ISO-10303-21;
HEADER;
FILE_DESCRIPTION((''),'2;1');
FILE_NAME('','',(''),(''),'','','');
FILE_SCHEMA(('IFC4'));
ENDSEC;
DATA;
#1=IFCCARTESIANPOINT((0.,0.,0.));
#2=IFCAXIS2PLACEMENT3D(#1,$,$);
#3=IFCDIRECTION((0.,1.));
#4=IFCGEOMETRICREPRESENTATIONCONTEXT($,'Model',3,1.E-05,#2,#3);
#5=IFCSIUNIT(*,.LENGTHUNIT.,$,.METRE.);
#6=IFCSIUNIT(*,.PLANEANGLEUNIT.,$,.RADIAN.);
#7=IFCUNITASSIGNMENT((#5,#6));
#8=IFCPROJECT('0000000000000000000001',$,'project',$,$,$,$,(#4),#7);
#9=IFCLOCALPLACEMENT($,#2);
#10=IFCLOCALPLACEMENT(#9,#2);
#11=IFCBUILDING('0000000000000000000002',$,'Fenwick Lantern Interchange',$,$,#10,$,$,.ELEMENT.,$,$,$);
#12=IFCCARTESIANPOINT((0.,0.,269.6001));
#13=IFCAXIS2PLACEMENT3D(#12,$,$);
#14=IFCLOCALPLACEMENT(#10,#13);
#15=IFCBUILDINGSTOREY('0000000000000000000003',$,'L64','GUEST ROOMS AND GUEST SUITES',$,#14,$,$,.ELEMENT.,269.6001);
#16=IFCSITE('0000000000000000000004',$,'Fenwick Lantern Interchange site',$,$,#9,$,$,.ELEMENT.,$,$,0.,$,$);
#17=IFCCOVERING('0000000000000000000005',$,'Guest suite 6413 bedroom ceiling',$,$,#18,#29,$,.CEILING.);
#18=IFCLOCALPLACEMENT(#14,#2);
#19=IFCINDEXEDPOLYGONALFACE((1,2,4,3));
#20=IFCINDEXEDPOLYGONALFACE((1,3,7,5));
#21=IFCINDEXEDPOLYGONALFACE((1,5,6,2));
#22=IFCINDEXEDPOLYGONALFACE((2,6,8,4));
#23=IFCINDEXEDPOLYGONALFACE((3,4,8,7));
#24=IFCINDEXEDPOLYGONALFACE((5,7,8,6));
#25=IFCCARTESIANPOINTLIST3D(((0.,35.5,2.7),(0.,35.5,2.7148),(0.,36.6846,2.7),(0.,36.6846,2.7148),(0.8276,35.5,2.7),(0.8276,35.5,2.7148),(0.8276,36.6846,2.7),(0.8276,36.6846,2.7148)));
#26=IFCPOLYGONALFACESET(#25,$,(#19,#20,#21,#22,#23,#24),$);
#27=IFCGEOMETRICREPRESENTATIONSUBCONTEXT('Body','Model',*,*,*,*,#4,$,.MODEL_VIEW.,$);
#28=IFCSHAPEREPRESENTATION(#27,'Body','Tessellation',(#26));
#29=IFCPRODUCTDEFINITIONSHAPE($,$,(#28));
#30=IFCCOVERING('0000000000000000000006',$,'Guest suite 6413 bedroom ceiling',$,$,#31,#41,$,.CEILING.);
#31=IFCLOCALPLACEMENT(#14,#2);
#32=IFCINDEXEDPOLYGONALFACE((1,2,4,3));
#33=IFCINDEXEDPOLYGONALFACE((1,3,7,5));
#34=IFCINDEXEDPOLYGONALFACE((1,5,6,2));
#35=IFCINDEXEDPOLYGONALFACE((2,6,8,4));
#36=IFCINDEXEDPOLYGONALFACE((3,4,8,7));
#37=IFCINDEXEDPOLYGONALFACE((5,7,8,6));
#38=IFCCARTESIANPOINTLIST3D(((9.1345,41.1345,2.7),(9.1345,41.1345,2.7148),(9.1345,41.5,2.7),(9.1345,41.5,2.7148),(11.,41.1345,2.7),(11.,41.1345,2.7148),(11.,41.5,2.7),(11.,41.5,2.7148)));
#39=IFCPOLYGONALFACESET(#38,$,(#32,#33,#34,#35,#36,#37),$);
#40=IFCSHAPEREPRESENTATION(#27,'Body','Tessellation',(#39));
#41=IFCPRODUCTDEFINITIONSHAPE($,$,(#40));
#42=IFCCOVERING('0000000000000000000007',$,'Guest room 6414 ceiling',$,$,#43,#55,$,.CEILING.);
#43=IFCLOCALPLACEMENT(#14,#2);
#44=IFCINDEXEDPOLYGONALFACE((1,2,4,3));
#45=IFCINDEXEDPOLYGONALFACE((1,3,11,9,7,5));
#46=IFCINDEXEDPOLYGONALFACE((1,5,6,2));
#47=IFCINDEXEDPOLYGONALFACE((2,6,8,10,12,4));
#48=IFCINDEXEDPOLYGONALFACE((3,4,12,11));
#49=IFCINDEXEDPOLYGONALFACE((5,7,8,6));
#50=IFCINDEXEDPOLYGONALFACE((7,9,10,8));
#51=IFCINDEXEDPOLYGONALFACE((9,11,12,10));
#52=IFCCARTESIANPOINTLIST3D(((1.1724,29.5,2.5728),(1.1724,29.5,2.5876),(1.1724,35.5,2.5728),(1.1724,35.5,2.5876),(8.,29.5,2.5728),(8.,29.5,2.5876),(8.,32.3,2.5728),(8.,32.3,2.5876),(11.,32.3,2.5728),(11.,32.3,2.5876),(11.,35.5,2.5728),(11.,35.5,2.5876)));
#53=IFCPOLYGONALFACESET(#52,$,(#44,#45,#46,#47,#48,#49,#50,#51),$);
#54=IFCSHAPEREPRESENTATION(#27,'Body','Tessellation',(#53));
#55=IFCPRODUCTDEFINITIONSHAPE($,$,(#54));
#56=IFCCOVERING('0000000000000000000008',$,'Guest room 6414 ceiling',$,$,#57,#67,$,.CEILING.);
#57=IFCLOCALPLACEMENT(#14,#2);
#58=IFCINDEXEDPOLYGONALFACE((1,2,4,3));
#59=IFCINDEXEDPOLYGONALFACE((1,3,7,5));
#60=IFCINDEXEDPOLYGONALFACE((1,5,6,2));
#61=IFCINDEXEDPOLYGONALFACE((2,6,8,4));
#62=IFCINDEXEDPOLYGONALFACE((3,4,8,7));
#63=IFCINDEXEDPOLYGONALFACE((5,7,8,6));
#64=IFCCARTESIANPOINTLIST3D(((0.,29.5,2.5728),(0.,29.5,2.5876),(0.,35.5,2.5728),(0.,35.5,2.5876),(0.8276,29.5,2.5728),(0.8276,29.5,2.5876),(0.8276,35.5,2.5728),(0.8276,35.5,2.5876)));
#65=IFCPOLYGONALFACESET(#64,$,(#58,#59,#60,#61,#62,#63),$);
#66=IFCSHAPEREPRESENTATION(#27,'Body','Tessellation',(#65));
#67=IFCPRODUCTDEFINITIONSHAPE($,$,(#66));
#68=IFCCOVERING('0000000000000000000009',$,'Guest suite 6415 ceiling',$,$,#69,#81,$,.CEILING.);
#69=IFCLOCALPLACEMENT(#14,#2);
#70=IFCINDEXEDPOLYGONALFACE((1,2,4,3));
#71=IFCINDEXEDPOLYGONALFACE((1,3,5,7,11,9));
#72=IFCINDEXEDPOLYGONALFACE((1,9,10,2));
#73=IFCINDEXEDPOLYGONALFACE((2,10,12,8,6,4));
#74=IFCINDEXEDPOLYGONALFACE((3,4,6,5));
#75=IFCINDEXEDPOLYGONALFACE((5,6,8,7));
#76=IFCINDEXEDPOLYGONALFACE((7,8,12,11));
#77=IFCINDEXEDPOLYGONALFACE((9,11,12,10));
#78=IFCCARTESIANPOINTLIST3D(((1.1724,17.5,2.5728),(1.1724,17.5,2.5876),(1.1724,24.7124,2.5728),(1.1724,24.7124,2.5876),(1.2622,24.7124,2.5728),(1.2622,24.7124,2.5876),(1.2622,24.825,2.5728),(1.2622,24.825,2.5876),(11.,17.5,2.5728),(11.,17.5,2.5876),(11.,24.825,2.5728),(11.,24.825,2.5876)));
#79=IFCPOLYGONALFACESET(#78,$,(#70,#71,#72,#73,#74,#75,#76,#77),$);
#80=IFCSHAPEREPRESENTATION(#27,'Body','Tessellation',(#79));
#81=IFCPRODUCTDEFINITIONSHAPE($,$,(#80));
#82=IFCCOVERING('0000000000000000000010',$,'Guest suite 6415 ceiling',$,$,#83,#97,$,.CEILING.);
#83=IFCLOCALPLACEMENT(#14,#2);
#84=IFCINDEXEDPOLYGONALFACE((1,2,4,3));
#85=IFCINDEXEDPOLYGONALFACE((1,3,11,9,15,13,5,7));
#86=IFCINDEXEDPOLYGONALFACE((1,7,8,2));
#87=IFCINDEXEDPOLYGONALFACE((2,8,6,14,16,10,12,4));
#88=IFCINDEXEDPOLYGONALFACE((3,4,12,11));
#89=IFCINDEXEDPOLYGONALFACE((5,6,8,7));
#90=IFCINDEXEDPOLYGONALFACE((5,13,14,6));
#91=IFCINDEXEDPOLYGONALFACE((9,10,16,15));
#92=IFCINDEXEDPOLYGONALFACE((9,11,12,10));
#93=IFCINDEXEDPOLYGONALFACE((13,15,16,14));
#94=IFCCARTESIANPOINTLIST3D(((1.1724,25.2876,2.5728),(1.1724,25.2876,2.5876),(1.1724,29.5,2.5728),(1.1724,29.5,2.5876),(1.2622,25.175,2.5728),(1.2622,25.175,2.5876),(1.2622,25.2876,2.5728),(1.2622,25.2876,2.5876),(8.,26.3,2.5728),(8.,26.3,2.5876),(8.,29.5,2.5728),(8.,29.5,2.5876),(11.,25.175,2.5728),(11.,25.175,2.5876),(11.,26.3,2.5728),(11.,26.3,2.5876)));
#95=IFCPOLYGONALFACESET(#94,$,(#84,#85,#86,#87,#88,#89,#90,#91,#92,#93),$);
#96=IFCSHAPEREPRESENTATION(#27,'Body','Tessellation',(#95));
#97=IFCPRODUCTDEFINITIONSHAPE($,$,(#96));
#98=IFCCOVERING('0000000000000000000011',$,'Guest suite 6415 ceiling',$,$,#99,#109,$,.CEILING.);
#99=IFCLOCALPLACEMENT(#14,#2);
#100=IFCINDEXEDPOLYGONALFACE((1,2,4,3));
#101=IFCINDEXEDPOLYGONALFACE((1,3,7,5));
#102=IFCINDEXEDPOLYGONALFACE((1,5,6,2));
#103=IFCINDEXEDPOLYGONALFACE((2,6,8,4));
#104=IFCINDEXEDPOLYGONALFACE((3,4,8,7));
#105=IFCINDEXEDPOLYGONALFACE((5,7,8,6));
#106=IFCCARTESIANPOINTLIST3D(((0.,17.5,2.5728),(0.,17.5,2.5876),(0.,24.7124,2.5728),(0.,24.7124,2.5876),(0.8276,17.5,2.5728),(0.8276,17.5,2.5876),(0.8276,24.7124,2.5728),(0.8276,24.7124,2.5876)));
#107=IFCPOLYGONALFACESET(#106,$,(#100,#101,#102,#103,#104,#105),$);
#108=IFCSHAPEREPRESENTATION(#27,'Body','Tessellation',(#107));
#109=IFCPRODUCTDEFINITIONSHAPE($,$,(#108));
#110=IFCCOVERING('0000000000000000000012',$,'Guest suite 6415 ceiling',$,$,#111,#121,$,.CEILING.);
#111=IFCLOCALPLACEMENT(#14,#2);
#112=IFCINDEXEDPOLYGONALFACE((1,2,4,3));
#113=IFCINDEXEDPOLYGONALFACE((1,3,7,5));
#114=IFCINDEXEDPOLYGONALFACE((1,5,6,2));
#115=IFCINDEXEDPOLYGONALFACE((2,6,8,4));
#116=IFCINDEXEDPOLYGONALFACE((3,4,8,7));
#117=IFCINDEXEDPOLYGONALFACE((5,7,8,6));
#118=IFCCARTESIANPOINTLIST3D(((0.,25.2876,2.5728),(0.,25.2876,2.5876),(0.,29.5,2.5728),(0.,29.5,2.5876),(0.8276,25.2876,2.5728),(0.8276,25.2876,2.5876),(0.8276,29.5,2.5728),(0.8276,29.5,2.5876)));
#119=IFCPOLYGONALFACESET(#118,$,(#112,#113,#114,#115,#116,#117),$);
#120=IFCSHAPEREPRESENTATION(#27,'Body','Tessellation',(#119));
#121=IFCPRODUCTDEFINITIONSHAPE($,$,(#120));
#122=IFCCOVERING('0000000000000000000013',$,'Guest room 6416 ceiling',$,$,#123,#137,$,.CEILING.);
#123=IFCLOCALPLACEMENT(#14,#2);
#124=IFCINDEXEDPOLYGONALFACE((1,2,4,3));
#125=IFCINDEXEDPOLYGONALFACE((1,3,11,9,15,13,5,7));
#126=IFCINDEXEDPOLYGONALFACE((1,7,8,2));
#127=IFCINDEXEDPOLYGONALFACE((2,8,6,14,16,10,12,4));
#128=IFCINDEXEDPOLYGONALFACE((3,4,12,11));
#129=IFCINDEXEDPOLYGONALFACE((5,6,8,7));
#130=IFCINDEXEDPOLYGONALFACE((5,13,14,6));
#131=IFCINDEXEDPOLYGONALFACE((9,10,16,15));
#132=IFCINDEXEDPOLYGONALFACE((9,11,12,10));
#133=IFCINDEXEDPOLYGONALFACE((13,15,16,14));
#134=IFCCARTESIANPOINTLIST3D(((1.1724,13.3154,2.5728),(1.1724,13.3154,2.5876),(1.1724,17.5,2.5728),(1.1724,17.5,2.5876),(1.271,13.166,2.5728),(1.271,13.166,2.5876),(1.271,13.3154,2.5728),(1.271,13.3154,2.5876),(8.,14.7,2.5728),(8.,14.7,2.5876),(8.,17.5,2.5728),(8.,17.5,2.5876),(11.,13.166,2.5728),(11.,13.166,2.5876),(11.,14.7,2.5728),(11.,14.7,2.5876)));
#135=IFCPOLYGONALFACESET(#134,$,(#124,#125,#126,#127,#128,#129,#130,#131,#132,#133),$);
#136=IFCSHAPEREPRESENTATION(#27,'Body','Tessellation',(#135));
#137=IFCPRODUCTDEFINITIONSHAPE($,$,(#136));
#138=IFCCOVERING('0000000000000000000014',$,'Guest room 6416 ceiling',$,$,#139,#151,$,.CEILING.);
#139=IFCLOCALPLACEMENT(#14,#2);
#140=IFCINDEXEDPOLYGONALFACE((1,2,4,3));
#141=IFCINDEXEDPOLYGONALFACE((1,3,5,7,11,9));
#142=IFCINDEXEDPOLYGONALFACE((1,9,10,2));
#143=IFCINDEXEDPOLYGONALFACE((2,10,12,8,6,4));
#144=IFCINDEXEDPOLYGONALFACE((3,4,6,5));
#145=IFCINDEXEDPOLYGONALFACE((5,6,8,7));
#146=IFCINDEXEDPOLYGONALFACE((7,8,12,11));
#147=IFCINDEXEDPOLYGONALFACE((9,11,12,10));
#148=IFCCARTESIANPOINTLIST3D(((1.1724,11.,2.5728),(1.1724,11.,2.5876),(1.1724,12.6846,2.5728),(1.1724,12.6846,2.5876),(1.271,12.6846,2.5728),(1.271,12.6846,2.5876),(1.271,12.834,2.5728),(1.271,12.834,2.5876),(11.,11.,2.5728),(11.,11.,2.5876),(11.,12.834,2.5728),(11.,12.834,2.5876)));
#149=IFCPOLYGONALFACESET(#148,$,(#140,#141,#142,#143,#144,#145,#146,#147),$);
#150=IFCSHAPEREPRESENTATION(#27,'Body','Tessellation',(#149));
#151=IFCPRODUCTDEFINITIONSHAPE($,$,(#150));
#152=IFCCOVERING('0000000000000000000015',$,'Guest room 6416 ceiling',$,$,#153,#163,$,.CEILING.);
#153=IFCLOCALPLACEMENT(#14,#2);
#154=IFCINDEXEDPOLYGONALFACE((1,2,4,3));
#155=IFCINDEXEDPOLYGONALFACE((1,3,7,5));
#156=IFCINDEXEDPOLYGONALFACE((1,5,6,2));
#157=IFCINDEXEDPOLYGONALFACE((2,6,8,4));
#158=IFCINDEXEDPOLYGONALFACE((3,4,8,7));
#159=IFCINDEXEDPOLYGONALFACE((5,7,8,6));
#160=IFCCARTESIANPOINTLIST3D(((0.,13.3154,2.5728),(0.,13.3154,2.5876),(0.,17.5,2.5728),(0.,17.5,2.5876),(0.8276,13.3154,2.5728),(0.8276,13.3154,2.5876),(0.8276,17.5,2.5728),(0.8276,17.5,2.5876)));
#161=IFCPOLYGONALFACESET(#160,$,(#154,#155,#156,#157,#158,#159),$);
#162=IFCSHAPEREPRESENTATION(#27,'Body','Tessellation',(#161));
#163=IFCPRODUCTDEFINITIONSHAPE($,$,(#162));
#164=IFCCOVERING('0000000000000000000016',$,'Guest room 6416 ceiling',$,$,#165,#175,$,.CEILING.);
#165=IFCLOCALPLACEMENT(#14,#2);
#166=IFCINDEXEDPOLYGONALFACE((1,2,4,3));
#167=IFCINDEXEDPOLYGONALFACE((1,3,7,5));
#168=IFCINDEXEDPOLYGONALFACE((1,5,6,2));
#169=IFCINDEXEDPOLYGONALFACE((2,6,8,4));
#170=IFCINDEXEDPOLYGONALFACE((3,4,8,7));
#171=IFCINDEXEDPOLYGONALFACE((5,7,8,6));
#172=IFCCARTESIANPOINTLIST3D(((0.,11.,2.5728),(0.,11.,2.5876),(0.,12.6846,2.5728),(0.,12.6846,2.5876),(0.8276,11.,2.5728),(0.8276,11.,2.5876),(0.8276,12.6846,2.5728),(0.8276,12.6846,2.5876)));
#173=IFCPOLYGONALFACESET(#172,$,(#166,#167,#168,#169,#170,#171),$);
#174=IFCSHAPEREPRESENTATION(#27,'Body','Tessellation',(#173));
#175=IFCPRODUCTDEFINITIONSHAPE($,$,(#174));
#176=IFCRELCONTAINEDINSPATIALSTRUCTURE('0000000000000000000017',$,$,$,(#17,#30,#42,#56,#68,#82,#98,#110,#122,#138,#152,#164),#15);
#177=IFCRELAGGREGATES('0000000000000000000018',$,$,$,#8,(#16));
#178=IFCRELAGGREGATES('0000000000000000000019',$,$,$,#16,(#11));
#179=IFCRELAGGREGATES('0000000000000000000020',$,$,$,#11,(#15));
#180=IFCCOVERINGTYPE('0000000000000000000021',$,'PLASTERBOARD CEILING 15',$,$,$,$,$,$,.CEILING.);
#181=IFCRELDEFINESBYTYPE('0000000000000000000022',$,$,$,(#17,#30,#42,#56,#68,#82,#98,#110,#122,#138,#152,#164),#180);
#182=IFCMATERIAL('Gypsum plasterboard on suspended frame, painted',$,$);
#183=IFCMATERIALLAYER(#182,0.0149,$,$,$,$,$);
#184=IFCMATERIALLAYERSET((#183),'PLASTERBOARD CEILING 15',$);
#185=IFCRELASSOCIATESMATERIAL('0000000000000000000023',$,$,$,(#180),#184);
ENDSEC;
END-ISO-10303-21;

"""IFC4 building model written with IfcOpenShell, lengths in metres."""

from ifc_helpers import new_model, si_unit, direction, frame, origin, place, context, subcontext, project, spatial, polyline, outline, extrude, material, layer, layer_set, type_object, element, save


model = new_model("IFC4")

# Units and contexts
model_context = context("Model", 3, precision=1e-05, world=origin(), true_north=direction((0.0, 1.0)))
body_context = subcontext(model_context, "Body", "Model", "MODEL_VIEW")
ifc_project = project(units=[si_unit("LENGTHUNIT", "METRE"), si_unit("PLANEANGLEUNIT", "RADIAN")], contexts=[model_context])

# Site, building, storey
site_placement = place(None, origin())
site = spatial("IfcSite", under=ifc_project, at=site_placement, Name="Fenwick Lantern Interchange site", CompositionType="ELEMENT", RefElevation=0.0)
building_placement = place(site_placement, origin())
building = spatial("IfcBuilding", under=site, at=building_placement, Name="Fenwick Lantern Interchange", CompositionType="ELEMENT")
storey_placement = place(building_placement, frame((0.0, 0.0, 269.6001)))
storey = spatial("IfcBuildingStorey", under=building, at=storey_placement, Name="L64", Description="GUEST ROOMS AND GUEST SUITES", CompositionType="ELEMENT", Elevation=269.6001)

# Coverings
ifc_material_1 = material(Name="Gypsum plasterboard on suspended frame, painted")
ifc_layer_1 = layer(ifc_material_1, 0.0149)
ifc_layer_set_1 = layer_set([ifc_layer_1], Name="PLASTERBOARD CEILING 15")
covering_type_1 = type_object("IfcCoveringType", Name="PLASTERBOARD CEILING 15", PredefinedType="CEILING", material=ifc_layer_set_1)
covering_1_placement = place(storey_placement, frame((0.0, 0.0, 2.7)))
element("IfcCovering", 1, at=covering_1_placement, inside=storey, type_object=covering_type_1, Name="Guest suite 6413 bedroom ceiling", PredefinedType="CEILING", context=body_context, shape_type="SweptSolid", body=[
    extrude(outline(polyline([(0.0, 36.6846), (0.0, 35.5), (0.8276, 35.5), (0.8276, 36.6846), (0.0, 36.6846)])), origin(), (0.0, 0.0, 1.0), 0.0149),
])
covering_2_placement = place(storey_placement, frame((0.0, 0.0, 2.7)))
element("IfcCovering", 2, at=covering_2_placement, inside=storey, type_object=covering_type_1, Name="Guest suite 6413 bedroom ceiling", PredefinedType="CEILING", context=body_context, shape_type="SweptSolid", body=[
    extrude(outline(polyline([(11.0, 41.5), (9.1345, 41.5), (9.1345, 41.1345), (11.0, 41.1345), (11.0, 41.5)])), origin(), (0.0, 0.0, 1.0), 0.0149),
])
covering_3_placement = place(storey_placement, frame((0.0, 0.0, 2.5728)))
element("IfcCovering", 3, at=covering_3_placement, inside=storey, type_object=covering_type_1, Name="Guest room 6414 ceiling", PredefinedType="CEILING", context=body_context, shape_type="SweptSolid", body=[
    extrude(outline(polyline([(11.0, 35.5), (1.1724, 35.5), (1.1724, 29.5), (8.0, 29.5), (8.0, 32.3), (11.0, 32.3), (11.0, 35.5)])), origin(), (0.0, 0.0, 1.0), 0.0149),
])
covering_4_placement = place(storey_placement, frame((0.0, 0.0, 2.5728)))
element("IfcCovering", 4, at=covering_4_placement, inside=storey, type_object=covering_type_1, Name="Guest room 6414 ceiling", PredefinedType="CEILING", context=body_context, shape_type="SweptSolid", body=[
    extrude(outline(polyline([(0.0, 35.5), (0.0, 29.5), (0.8276, 29.5), (0.8276, 35.5), (0.0, 35.5)])), origin(), (0.0, 0.0, 1.0), 0.0149),
])
covering_5_placement = place(storey_placement, frame((0.0, 0.0, 2.5728)))
element("IfcCovering", 5, at=covering_5_placement, inside=storey, type_object=covering_type_1, Name="Guest suite 6415 ceiling", PredefinedType="CEILING", context=body_context, shape_type="SweptSolid", body=[
    extrude(outline(polyline([(1.2622, 24.7124), (1.1724, 24.7124), (1.1724, 17.5), (11.0, 17.5), (11.0, 24.825), (1.2622, 24.825), (1.2622, 24.7124)])), origin(), (0.0, 0.0, 1.0), 0.0149),
])
covering_6_placement = place(storey_placement, frame((0.0, 0.0, 2.5728)))
element("IfcCovering", 6, at=covering_6_placement, inside=storey, type_object=covering_type_1, Name="Guest suite 6415 ceiling", PredefinedType="CEILING", context=body_context, shape_type="SweptSolid", body=[
    extrude(outline(polyline([(1.2622, 25.2876), (1.2622, 25.175), (11.0, 25.175), (11.0, 26.3), (8.0, 26.3), (8.0, 29.5), (1.1724, 29.5), (1.1724, 25.2876), (1.2622, 25.2876)])), origin(), (0.0, 0.0, 1.0), 0.0149),
])
covering_7_placement = place(storey_placement, frame((0.0, 0.0, 2.5728)))
element("IfcCovering", 7, at=covering_7_placement, inside=storey, type_object=covering_type_1, Name="Guest suite 6415 ceiling", PredefinedType="CEILING", context=body_context, shape_type="SweptSolid", body=[
    extrude(outline(polyline([(0.0, 24.7124), (0.0, 17.5), (0.8276, 17.5), (0.8276, 24.7124), (0.0, 24.7124)])), origin(), (0.0, 0.0, 1.0), 0.0149),
])
covering_8_placement = place(storey_placement, frame((0.0, 0.0, 2.5728)))
element("IfcCovering", 8, at=covering_8_placement, inside=storey, type_object=covering_type_1, Name="Guest suite 6415 ceiling", PredefinedType="CEILING", context=body_context, shape_type="SweptSolid", body=[
    extrude(outline(polyline([(0.0, 25.2876), (0.8276, 25.2876), (0.8276, 29.5), (0.0, 29.5), (0.0, 25.2876)])), origin(), (0.0, 0.0, 1.0), 0.0149),
])
covering_9_placement = place(storey_placement, frame((0.0, 0.0, 2.5728)))
element("IfcCovering", 9, at=covering_9_placement, inside=storey, type_object=covering_type_1, Name="Guest room 6416 ceiling", PredefinedType="CEILING", context=body_context, shape_type="SweptSolid", body=[
    extrude(outline(polyline([(1.271, 13.3154), (1.271, 13.166), (11.0, 13.166), (11.0, 14.7), (8.0, 14.7), (8.0, 17.5), (1.1724, 17.5), (1.1724, 13.3154), (1.271, 13.3154)])), origin(), (0.0, 0.0, 1.0), 0.0149),
])
covering_10_placement = place(storey_placement, frame((0.0, 0.0, 2.5728)))
element("IfcCovering", 10, at=covering_10_placement, inside=storey, type_object=covering_type_1, Name="Guest room 6416 ceiling", PredefinedType="CEILING", context=body_context, shape_type="SweptSolid", body=[
    extrude(outline(polyline([(1.271, 12.6846), (1.1724, 12.6846), (1.1724, 11.0), (11.0, 11.0), (11.0, 12.834), (1.271, 12.834), (1.271, 12.6846)])), origin(), (0.0, 0.0, 1.0), 0.0149),
])
covering_11_placement = place(storey_placement, frame((0.0, 0.0, 2.5728)))
element("IfcCovering", 11, at=covering_11_placement, inside=storey, type_object=covering_type_1, Name="Guest room 6416 ceiling", PredefinedType="CEILING", context=body_context, shape_type="SweptSolid", body=[
    extrude(outline(polyline([(0.0, 13.3154), (0.8276, 13.3154), (0.8276, 17.5), (0.0, 17.5), (0.0, 13.3154)])), origin(), (0.0, 0.0, 1.0), 0.0149),
])
covering_12_placement = place(storey_placement, frame((0.0, 0.0, 2.5728)))
element("IfcCovering", 12, at=covering_12_placement, inside=storey, type_object=covering_type_1, Name="Guest room 6416 ceiling", PredefinedType="CEILING", context=body_context, shape_type="SweptSolid", body=[
    extrude(outline(polyline([(0.0, 12.6846), (0.0, 11.0), (0.8276, 11.0), (0.8276, 12.6846), (0.0, 12.6846)])), origin(), (0.0, 0.0, 1.0), 0.0149),
])

save(model, "model.ifc")
